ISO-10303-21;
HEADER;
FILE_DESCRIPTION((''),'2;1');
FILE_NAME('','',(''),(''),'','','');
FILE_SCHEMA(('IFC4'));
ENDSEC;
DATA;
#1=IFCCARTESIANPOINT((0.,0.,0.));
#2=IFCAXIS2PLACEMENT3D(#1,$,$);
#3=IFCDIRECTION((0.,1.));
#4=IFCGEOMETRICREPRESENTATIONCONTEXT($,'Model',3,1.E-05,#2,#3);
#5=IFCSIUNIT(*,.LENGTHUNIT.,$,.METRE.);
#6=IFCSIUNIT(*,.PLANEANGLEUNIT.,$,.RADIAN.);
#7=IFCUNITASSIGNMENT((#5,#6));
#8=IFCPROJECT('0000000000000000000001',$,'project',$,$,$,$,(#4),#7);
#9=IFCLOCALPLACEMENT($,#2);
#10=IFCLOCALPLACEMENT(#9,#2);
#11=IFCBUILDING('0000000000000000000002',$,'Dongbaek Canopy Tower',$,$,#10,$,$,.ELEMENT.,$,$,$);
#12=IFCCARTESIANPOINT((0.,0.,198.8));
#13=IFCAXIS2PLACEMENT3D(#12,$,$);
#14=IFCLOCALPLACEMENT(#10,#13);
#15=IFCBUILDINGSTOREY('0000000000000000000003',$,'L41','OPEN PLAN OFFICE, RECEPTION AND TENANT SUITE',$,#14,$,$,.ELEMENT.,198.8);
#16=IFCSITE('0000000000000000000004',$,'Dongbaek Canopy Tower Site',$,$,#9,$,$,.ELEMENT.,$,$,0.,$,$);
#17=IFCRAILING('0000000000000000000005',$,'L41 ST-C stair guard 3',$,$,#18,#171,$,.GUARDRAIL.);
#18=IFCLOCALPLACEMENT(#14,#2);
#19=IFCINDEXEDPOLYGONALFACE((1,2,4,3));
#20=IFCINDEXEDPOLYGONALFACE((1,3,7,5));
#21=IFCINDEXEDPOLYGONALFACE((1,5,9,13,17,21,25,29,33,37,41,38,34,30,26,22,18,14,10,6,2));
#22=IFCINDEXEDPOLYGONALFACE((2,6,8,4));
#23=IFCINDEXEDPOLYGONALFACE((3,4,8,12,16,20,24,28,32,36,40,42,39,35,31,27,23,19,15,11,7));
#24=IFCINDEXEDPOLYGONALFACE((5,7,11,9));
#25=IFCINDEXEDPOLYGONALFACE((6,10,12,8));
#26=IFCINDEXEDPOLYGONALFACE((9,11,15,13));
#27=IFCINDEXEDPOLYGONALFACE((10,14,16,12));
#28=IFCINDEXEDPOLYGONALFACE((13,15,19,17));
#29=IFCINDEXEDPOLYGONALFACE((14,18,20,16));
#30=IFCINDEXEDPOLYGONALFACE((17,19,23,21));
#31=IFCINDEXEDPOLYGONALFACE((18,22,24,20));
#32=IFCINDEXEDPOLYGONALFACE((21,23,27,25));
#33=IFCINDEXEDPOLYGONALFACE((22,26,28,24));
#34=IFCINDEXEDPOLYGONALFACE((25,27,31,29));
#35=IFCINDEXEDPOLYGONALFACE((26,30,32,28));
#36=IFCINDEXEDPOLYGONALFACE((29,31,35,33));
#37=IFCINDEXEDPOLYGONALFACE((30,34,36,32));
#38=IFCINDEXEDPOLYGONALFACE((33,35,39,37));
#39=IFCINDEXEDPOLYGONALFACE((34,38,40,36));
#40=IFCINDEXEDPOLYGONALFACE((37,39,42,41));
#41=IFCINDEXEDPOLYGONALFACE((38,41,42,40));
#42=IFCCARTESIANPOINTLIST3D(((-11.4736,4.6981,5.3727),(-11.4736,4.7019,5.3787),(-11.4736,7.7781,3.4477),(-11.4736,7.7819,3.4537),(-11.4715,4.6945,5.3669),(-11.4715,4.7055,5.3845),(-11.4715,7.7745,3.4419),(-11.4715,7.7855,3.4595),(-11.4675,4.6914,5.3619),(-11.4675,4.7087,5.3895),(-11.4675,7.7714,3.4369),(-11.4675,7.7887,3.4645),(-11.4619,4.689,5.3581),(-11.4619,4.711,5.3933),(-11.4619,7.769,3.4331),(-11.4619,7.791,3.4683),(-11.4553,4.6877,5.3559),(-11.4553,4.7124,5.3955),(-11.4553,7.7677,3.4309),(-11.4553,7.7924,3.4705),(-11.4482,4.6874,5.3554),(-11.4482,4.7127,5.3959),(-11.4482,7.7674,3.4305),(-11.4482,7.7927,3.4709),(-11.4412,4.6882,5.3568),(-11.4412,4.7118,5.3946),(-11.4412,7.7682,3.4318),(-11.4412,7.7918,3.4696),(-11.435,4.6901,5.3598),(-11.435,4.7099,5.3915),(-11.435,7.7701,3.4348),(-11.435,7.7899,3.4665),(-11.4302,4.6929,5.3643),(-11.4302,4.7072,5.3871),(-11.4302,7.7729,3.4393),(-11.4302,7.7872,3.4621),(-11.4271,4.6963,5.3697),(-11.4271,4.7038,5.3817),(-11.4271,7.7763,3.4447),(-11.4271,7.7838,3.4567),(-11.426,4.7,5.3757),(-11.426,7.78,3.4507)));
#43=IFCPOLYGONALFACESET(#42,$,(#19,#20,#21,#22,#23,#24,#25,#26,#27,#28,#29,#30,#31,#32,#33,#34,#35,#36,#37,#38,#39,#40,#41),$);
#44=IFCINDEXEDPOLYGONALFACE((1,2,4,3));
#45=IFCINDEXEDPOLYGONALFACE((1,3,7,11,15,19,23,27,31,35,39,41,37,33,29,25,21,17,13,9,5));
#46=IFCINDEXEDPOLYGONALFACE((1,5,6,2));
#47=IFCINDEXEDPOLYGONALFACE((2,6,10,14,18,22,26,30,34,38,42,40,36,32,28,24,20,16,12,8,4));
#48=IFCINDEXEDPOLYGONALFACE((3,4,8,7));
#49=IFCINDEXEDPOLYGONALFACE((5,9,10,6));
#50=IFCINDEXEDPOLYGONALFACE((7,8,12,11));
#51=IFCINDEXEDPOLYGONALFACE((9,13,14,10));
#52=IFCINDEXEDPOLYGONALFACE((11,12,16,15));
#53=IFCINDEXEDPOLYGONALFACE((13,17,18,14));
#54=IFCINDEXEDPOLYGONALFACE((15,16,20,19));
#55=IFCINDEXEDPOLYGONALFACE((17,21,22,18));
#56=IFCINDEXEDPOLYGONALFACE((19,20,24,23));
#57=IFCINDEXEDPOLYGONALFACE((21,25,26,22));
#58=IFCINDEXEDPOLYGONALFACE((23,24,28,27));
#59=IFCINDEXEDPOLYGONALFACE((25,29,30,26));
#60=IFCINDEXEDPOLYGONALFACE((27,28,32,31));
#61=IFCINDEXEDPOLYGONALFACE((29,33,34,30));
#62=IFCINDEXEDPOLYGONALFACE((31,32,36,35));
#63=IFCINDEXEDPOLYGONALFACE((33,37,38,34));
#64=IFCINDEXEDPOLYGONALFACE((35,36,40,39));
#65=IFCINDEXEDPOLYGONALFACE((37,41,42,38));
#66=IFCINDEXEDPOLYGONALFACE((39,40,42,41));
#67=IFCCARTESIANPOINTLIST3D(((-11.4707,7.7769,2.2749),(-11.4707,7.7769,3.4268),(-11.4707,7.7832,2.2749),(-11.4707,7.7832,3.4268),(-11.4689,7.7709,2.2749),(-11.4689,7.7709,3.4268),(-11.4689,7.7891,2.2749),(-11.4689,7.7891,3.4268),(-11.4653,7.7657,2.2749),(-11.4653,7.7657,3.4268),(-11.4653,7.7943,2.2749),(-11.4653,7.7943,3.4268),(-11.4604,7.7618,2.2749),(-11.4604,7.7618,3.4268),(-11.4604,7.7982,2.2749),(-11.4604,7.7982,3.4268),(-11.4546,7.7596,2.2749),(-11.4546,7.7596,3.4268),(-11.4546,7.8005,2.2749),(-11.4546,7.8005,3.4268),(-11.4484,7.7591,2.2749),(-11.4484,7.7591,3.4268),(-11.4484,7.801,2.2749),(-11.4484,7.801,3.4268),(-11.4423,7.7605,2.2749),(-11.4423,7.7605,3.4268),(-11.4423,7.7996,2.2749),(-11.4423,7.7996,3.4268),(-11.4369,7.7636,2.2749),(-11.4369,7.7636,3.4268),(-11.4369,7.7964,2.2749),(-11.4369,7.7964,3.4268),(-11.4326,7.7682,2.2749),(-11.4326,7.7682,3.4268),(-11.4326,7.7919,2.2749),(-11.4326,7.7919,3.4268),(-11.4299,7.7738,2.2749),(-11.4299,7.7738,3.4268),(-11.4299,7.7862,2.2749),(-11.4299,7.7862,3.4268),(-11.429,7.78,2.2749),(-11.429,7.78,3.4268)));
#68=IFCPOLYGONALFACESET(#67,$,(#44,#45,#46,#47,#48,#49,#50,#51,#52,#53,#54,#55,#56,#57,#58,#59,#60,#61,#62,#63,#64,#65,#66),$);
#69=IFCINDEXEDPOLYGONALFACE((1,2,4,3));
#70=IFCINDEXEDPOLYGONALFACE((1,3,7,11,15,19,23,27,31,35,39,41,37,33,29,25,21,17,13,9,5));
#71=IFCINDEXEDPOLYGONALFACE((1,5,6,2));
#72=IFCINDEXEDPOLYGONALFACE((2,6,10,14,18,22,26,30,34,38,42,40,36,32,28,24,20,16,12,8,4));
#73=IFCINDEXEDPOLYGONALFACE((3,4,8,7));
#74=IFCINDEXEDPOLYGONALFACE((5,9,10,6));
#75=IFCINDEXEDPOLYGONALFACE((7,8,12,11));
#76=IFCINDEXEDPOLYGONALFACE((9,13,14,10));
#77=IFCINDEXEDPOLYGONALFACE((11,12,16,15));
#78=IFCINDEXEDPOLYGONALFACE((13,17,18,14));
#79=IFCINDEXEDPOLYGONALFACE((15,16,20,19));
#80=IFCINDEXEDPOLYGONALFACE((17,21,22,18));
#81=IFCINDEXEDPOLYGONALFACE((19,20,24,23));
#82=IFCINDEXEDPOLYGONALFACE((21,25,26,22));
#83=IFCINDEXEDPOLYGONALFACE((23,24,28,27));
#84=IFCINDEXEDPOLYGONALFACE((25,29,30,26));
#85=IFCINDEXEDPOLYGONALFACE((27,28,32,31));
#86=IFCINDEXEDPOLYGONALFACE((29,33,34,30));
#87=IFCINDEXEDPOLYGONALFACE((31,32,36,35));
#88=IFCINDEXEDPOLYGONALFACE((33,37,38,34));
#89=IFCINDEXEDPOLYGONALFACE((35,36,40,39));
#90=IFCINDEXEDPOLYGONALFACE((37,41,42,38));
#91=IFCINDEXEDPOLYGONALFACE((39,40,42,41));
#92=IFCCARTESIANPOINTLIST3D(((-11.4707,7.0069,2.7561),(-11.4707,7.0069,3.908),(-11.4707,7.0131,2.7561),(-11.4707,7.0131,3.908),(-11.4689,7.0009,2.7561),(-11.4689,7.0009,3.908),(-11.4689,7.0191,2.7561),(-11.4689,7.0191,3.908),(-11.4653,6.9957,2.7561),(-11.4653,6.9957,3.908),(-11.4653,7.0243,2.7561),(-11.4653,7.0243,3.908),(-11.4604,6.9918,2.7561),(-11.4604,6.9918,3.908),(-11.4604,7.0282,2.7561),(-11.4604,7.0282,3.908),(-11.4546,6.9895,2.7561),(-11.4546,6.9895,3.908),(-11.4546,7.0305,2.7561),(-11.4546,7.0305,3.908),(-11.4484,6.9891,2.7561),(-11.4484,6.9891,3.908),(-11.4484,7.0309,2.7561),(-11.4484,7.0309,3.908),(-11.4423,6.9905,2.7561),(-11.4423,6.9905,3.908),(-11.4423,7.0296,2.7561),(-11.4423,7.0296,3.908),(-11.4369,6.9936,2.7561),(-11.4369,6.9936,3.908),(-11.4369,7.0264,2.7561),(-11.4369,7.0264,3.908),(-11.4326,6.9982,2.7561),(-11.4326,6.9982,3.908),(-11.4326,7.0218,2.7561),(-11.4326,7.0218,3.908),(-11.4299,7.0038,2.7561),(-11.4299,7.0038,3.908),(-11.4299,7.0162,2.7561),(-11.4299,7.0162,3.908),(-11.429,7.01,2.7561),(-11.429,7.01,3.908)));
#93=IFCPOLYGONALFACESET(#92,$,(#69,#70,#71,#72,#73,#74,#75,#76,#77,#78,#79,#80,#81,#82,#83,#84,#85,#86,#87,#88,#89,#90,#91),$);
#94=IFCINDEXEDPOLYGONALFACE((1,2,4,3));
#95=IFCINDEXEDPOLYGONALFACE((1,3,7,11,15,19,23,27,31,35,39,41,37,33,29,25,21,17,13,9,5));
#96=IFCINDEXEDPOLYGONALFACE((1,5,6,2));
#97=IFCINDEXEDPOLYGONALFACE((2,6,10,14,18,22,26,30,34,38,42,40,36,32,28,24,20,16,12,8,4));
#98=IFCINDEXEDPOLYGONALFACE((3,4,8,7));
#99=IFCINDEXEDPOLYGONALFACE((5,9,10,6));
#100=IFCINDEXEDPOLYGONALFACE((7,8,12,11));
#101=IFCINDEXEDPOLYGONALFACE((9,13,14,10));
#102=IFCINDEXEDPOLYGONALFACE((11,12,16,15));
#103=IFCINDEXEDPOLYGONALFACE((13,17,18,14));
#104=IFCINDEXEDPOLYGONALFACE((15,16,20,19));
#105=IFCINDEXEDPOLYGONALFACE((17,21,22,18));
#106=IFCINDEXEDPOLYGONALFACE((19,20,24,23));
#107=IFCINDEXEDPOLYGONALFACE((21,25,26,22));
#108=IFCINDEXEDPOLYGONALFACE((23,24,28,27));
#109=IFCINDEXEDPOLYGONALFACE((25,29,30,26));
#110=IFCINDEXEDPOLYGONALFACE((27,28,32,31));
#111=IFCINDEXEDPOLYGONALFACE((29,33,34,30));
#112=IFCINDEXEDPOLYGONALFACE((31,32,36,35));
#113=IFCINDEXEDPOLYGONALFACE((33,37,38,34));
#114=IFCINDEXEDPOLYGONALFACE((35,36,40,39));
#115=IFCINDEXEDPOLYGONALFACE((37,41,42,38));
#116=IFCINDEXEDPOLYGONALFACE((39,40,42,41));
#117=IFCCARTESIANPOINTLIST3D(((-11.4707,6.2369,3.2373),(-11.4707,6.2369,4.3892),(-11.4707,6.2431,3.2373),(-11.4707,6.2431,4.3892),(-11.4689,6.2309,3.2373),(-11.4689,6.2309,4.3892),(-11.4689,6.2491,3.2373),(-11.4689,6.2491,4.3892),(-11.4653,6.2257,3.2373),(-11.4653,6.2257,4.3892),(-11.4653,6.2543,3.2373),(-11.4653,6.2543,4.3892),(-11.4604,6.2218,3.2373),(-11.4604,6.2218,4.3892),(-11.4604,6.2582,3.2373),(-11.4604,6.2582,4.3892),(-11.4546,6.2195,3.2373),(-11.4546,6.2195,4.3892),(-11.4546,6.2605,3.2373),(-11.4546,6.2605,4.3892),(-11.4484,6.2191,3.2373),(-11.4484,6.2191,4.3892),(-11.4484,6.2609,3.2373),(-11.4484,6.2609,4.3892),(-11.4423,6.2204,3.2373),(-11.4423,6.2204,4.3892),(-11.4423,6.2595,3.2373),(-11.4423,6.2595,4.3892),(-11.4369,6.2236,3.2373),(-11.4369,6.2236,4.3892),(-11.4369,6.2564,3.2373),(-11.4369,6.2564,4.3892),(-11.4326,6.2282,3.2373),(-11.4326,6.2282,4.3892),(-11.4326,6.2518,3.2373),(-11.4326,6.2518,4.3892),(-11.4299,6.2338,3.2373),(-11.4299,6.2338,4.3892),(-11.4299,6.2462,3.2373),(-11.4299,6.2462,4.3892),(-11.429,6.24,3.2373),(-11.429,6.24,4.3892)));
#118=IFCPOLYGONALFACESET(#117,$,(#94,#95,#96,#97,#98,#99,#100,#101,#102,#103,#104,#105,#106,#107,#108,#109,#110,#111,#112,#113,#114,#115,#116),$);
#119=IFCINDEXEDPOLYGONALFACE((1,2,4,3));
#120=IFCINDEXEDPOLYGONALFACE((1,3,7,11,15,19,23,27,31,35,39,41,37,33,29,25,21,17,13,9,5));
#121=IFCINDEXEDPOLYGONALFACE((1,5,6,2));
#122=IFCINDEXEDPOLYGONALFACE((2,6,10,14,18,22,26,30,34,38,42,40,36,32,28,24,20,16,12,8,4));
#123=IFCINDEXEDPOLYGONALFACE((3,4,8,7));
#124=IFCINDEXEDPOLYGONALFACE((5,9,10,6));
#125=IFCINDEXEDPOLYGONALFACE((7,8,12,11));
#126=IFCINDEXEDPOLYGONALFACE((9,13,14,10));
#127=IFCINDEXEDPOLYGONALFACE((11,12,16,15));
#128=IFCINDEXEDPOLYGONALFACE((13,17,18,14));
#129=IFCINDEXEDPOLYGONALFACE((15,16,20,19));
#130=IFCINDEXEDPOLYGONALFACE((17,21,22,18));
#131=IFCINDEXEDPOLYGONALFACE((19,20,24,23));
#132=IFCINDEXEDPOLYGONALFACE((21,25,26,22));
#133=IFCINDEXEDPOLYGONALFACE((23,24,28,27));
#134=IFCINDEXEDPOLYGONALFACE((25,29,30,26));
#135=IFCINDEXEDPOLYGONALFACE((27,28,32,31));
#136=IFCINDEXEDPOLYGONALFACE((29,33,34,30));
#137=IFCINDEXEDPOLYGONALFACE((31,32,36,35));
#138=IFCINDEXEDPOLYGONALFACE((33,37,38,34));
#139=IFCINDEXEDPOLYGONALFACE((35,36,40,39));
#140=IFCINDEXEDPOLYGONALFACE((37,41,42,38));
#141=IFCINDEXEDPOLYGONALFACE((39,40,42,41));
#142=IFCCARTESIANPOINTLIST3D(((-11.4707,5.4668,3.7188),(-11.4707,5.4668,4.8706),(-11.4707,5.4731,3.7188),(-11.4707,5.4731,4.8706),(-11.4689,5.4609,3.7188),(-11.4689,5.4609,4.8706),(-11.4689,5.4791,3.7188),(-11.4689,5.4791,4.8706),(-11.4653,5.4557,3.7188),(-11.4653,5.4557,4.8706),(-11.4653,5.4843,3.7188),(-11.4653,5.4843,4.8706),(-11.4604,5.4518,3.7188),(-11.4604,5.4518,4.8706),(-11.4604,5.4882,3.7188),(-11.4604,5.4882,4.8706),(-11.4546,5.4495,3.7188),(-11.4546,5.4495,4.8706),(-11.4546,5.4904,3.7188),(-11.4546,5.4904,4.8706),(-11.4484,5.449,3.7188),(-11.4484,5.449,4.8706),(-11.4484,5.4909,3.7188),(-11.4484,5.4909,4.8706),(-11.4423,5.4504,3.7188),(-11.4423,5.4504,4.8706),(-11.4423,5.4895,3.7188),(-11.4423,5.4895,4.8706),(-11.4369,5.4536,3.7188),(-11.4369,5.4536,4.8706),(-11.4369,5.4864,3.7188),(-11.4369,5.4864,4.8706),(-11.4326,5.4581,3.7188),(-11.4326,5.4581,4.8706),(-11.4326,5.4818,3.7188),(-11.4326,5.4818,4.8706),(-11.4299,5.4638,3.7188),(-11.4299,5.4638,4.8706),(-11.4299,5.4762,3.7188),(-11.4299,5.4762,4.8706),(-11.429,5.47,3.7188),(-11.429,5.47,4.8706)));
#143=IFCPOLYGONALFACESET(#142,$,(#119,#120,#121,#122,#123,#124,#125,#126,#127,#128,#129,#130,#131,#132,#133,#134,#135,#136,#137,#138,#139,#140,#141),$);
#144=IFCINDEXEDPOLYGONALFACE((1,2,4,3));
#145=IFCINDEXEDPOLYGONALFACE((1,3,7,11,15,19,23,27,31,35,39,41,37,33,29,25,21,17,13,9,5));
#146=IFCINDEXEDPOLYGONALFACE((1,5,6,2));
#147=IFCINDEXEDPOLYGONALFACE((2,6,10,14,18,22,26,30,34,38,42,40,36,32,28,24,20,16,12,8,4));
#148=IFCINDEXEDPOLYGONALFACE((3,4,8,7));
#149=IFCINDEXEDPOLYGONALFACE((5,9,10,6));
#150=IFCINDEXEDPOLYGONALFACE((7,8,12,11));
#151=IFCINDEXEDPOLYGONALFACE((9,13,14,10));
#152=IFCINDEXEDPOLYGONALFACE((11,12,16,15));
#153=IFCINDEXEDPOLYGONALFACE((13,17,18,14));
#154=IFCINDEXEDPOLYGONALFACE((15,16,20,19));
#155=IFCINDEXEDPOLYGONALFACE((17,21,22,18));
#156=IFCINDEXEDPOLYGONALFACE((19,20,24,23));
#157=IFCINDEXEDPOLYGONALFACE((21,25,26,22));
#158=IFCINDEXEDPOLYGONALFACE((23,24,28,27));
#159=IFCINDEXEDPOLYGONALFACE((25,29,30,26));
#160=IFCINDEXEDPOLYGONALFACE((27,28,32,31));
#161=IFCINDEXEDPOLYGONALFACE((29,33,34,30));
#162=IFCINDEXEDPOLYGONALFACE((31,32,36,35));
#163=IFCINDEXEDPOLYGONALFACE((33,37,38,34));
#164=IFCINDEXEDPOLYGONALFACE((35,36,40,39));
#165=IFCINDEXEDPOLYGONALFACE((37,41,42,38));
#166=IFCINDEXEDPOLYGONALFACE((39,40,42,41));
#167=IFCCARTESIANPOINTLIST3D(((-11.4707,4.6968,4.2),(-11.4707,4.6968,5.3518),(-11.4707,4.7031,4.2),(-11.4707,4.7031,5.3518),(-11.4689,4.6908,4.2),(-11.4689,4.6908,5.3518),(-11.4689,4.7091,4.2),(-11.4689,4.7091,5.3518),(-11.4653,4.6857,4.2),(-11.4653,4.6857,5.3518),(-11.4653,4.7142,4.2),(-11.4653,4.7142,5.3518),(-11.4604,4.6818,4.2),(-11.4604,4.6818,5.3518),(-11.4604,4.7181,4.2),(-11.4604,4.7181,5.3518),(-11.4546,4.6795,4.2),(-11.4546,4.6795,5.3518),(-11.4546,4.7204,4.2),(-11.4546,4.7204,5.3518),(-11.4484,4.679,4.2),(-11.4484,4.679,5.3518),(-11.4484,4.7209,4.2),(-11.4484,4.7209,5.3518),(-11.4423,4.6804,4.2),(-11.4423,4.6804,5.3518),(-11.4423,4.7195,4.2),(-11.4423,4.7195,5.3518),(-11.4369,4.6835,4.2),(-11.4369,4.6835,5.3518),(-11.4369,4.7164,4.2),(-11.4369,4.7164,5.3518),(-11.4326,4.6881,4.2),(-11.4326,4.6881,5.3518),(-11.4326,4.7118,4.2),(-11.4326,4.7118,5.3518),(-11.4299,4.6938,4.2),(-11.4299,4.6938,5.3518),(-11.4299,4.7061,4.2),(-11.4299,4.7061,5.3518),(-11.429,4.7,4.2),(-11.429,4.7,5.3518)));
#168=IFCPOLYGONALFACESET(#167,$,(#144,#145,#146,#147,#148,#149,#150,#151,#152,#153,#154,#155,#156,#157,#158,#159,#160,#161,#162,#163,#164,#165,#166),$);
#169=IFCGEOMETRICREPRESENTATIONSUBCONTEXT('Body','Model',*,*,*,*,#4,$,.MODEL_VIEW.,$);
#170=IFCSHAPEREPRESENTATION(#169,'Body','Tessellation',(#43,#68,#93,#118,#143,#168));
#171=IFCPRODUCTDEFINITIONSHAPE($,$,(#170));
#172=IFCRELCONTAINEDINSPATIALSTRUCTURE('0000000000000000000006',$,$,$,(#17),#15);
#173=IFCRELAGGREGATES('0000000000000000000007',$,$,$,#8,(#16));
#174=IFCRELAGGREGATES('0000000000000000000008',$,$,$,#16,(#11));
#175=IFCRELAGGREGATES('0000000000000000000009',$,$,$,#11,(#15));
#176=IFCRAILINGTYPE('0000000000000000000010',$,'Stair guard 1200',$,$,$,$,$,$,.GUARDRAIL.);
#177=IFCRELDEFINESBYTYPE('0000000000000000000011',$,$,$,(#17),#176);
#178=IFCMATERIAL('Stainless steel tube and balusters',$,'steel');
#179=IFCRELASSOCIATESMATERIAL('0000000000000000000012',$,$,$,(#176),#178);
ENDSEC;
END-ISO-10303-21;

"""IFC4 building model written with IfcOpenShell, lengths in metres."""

from ifc_helpers import new_model, si_unit, direction, frame, origin, origin_2d, place, context, subcontext, project, spatial, circle, extrude, material, type_object, element, save


model = new_model("IFC4")

# Units and contexts
model_context = context("Model", 3, precision=1e-05, world=origin(), true_north=direction((0.0, 1.0)))
body_context = subcontext(model_context, "Body", "Model", "MODEL_VIEW")
ifc_project = project(units=[si_unit("LENGTHUNIT", "METRE"), si_unit("PLANEANGLEUNIT", "RADIAN")], contexts=[model_context])

# Site, building, storey
site_placement = place(None, origin())
site = spatial("IfcSite", under=ifc_project, at=site_placement, Name="Dongbaek Canopy Tower Site", CompositionType="ELEMENT", RefElevation=0.0)
building_placement = place(site_placement, origin())
building = spatial("IfcBuilding", under=site, at=building_placement, Name="Dongbaek Canopy Tower", CompositionType="ELEMENT")
storey_placement = place(building_placement, frame((0.0, 0.0, 198.8)))
storey = spatial("IfcBuildingStorey", under=building, at=storey_placement, Name="L41", Description="OPEN PLAN OFFICE, RECEPTION AND TENANT SUITE", CompositionType="ELEMENT", Elevation=198.8)

# Railing
ifc_material_1 = material(Name="Stainless steel tube and balusters", Category="steel")
railing_type_1 = type_object("IfcRailingType", Name="Stair guard 1200", PredefinedType="GUARDRAIL", material=ifc_material_1)
railing_1_placement = place(storey_placement, frame((-11.45, 7.78, 2.2749)))
element("IfcRailing", 1, at=railing_1_placement, inside=storey, type_object=railing_type_1, Name="L41 ST-C stair guard 3", PredefinedType="GUARDRAIL", context=body_context, shape_type="SweptSolid", body=[
    extrude(circle(Radius=0.0239, at=origin_2d()), frame((0.0, 0.0, 1.1758), z_axis=(0.0, -0.847998, 0.529999), x_axis=(1.0, 0.0, 0.0)), (0.0, 0.0, 1.0), 3.6321),
    extrude(circle(Radius=0.021, at=origin_2d()), origin(), (0.0, 0.0, 1.0), 1.1519),
    extrude(circle(Radius=0.021, at=origin_2d()), frame((0.0, -0.77, 0.4812)), (0.0, 0.0, 1.0), 1.1519),
    extrude(circle(Radius=0.021, at=origin_2d()), frame((0.0, -1.54, 0.9624)), (0.0, 0.0, 1.0), 1.1519),
    extrude(circle(Radius=0.021, at=origin_2d()), frame((0.0, -2.3101, 1.4438)), (0.0, 0.0, 1.0), 1.1519),
    extrude(circle(Radius=0.021, at=origin_2d()), frame((0.0, -3.0801, 1.925)), (0.0, 0.0, 1.0), 1.1519),
])

save(model, "model.ifc")
